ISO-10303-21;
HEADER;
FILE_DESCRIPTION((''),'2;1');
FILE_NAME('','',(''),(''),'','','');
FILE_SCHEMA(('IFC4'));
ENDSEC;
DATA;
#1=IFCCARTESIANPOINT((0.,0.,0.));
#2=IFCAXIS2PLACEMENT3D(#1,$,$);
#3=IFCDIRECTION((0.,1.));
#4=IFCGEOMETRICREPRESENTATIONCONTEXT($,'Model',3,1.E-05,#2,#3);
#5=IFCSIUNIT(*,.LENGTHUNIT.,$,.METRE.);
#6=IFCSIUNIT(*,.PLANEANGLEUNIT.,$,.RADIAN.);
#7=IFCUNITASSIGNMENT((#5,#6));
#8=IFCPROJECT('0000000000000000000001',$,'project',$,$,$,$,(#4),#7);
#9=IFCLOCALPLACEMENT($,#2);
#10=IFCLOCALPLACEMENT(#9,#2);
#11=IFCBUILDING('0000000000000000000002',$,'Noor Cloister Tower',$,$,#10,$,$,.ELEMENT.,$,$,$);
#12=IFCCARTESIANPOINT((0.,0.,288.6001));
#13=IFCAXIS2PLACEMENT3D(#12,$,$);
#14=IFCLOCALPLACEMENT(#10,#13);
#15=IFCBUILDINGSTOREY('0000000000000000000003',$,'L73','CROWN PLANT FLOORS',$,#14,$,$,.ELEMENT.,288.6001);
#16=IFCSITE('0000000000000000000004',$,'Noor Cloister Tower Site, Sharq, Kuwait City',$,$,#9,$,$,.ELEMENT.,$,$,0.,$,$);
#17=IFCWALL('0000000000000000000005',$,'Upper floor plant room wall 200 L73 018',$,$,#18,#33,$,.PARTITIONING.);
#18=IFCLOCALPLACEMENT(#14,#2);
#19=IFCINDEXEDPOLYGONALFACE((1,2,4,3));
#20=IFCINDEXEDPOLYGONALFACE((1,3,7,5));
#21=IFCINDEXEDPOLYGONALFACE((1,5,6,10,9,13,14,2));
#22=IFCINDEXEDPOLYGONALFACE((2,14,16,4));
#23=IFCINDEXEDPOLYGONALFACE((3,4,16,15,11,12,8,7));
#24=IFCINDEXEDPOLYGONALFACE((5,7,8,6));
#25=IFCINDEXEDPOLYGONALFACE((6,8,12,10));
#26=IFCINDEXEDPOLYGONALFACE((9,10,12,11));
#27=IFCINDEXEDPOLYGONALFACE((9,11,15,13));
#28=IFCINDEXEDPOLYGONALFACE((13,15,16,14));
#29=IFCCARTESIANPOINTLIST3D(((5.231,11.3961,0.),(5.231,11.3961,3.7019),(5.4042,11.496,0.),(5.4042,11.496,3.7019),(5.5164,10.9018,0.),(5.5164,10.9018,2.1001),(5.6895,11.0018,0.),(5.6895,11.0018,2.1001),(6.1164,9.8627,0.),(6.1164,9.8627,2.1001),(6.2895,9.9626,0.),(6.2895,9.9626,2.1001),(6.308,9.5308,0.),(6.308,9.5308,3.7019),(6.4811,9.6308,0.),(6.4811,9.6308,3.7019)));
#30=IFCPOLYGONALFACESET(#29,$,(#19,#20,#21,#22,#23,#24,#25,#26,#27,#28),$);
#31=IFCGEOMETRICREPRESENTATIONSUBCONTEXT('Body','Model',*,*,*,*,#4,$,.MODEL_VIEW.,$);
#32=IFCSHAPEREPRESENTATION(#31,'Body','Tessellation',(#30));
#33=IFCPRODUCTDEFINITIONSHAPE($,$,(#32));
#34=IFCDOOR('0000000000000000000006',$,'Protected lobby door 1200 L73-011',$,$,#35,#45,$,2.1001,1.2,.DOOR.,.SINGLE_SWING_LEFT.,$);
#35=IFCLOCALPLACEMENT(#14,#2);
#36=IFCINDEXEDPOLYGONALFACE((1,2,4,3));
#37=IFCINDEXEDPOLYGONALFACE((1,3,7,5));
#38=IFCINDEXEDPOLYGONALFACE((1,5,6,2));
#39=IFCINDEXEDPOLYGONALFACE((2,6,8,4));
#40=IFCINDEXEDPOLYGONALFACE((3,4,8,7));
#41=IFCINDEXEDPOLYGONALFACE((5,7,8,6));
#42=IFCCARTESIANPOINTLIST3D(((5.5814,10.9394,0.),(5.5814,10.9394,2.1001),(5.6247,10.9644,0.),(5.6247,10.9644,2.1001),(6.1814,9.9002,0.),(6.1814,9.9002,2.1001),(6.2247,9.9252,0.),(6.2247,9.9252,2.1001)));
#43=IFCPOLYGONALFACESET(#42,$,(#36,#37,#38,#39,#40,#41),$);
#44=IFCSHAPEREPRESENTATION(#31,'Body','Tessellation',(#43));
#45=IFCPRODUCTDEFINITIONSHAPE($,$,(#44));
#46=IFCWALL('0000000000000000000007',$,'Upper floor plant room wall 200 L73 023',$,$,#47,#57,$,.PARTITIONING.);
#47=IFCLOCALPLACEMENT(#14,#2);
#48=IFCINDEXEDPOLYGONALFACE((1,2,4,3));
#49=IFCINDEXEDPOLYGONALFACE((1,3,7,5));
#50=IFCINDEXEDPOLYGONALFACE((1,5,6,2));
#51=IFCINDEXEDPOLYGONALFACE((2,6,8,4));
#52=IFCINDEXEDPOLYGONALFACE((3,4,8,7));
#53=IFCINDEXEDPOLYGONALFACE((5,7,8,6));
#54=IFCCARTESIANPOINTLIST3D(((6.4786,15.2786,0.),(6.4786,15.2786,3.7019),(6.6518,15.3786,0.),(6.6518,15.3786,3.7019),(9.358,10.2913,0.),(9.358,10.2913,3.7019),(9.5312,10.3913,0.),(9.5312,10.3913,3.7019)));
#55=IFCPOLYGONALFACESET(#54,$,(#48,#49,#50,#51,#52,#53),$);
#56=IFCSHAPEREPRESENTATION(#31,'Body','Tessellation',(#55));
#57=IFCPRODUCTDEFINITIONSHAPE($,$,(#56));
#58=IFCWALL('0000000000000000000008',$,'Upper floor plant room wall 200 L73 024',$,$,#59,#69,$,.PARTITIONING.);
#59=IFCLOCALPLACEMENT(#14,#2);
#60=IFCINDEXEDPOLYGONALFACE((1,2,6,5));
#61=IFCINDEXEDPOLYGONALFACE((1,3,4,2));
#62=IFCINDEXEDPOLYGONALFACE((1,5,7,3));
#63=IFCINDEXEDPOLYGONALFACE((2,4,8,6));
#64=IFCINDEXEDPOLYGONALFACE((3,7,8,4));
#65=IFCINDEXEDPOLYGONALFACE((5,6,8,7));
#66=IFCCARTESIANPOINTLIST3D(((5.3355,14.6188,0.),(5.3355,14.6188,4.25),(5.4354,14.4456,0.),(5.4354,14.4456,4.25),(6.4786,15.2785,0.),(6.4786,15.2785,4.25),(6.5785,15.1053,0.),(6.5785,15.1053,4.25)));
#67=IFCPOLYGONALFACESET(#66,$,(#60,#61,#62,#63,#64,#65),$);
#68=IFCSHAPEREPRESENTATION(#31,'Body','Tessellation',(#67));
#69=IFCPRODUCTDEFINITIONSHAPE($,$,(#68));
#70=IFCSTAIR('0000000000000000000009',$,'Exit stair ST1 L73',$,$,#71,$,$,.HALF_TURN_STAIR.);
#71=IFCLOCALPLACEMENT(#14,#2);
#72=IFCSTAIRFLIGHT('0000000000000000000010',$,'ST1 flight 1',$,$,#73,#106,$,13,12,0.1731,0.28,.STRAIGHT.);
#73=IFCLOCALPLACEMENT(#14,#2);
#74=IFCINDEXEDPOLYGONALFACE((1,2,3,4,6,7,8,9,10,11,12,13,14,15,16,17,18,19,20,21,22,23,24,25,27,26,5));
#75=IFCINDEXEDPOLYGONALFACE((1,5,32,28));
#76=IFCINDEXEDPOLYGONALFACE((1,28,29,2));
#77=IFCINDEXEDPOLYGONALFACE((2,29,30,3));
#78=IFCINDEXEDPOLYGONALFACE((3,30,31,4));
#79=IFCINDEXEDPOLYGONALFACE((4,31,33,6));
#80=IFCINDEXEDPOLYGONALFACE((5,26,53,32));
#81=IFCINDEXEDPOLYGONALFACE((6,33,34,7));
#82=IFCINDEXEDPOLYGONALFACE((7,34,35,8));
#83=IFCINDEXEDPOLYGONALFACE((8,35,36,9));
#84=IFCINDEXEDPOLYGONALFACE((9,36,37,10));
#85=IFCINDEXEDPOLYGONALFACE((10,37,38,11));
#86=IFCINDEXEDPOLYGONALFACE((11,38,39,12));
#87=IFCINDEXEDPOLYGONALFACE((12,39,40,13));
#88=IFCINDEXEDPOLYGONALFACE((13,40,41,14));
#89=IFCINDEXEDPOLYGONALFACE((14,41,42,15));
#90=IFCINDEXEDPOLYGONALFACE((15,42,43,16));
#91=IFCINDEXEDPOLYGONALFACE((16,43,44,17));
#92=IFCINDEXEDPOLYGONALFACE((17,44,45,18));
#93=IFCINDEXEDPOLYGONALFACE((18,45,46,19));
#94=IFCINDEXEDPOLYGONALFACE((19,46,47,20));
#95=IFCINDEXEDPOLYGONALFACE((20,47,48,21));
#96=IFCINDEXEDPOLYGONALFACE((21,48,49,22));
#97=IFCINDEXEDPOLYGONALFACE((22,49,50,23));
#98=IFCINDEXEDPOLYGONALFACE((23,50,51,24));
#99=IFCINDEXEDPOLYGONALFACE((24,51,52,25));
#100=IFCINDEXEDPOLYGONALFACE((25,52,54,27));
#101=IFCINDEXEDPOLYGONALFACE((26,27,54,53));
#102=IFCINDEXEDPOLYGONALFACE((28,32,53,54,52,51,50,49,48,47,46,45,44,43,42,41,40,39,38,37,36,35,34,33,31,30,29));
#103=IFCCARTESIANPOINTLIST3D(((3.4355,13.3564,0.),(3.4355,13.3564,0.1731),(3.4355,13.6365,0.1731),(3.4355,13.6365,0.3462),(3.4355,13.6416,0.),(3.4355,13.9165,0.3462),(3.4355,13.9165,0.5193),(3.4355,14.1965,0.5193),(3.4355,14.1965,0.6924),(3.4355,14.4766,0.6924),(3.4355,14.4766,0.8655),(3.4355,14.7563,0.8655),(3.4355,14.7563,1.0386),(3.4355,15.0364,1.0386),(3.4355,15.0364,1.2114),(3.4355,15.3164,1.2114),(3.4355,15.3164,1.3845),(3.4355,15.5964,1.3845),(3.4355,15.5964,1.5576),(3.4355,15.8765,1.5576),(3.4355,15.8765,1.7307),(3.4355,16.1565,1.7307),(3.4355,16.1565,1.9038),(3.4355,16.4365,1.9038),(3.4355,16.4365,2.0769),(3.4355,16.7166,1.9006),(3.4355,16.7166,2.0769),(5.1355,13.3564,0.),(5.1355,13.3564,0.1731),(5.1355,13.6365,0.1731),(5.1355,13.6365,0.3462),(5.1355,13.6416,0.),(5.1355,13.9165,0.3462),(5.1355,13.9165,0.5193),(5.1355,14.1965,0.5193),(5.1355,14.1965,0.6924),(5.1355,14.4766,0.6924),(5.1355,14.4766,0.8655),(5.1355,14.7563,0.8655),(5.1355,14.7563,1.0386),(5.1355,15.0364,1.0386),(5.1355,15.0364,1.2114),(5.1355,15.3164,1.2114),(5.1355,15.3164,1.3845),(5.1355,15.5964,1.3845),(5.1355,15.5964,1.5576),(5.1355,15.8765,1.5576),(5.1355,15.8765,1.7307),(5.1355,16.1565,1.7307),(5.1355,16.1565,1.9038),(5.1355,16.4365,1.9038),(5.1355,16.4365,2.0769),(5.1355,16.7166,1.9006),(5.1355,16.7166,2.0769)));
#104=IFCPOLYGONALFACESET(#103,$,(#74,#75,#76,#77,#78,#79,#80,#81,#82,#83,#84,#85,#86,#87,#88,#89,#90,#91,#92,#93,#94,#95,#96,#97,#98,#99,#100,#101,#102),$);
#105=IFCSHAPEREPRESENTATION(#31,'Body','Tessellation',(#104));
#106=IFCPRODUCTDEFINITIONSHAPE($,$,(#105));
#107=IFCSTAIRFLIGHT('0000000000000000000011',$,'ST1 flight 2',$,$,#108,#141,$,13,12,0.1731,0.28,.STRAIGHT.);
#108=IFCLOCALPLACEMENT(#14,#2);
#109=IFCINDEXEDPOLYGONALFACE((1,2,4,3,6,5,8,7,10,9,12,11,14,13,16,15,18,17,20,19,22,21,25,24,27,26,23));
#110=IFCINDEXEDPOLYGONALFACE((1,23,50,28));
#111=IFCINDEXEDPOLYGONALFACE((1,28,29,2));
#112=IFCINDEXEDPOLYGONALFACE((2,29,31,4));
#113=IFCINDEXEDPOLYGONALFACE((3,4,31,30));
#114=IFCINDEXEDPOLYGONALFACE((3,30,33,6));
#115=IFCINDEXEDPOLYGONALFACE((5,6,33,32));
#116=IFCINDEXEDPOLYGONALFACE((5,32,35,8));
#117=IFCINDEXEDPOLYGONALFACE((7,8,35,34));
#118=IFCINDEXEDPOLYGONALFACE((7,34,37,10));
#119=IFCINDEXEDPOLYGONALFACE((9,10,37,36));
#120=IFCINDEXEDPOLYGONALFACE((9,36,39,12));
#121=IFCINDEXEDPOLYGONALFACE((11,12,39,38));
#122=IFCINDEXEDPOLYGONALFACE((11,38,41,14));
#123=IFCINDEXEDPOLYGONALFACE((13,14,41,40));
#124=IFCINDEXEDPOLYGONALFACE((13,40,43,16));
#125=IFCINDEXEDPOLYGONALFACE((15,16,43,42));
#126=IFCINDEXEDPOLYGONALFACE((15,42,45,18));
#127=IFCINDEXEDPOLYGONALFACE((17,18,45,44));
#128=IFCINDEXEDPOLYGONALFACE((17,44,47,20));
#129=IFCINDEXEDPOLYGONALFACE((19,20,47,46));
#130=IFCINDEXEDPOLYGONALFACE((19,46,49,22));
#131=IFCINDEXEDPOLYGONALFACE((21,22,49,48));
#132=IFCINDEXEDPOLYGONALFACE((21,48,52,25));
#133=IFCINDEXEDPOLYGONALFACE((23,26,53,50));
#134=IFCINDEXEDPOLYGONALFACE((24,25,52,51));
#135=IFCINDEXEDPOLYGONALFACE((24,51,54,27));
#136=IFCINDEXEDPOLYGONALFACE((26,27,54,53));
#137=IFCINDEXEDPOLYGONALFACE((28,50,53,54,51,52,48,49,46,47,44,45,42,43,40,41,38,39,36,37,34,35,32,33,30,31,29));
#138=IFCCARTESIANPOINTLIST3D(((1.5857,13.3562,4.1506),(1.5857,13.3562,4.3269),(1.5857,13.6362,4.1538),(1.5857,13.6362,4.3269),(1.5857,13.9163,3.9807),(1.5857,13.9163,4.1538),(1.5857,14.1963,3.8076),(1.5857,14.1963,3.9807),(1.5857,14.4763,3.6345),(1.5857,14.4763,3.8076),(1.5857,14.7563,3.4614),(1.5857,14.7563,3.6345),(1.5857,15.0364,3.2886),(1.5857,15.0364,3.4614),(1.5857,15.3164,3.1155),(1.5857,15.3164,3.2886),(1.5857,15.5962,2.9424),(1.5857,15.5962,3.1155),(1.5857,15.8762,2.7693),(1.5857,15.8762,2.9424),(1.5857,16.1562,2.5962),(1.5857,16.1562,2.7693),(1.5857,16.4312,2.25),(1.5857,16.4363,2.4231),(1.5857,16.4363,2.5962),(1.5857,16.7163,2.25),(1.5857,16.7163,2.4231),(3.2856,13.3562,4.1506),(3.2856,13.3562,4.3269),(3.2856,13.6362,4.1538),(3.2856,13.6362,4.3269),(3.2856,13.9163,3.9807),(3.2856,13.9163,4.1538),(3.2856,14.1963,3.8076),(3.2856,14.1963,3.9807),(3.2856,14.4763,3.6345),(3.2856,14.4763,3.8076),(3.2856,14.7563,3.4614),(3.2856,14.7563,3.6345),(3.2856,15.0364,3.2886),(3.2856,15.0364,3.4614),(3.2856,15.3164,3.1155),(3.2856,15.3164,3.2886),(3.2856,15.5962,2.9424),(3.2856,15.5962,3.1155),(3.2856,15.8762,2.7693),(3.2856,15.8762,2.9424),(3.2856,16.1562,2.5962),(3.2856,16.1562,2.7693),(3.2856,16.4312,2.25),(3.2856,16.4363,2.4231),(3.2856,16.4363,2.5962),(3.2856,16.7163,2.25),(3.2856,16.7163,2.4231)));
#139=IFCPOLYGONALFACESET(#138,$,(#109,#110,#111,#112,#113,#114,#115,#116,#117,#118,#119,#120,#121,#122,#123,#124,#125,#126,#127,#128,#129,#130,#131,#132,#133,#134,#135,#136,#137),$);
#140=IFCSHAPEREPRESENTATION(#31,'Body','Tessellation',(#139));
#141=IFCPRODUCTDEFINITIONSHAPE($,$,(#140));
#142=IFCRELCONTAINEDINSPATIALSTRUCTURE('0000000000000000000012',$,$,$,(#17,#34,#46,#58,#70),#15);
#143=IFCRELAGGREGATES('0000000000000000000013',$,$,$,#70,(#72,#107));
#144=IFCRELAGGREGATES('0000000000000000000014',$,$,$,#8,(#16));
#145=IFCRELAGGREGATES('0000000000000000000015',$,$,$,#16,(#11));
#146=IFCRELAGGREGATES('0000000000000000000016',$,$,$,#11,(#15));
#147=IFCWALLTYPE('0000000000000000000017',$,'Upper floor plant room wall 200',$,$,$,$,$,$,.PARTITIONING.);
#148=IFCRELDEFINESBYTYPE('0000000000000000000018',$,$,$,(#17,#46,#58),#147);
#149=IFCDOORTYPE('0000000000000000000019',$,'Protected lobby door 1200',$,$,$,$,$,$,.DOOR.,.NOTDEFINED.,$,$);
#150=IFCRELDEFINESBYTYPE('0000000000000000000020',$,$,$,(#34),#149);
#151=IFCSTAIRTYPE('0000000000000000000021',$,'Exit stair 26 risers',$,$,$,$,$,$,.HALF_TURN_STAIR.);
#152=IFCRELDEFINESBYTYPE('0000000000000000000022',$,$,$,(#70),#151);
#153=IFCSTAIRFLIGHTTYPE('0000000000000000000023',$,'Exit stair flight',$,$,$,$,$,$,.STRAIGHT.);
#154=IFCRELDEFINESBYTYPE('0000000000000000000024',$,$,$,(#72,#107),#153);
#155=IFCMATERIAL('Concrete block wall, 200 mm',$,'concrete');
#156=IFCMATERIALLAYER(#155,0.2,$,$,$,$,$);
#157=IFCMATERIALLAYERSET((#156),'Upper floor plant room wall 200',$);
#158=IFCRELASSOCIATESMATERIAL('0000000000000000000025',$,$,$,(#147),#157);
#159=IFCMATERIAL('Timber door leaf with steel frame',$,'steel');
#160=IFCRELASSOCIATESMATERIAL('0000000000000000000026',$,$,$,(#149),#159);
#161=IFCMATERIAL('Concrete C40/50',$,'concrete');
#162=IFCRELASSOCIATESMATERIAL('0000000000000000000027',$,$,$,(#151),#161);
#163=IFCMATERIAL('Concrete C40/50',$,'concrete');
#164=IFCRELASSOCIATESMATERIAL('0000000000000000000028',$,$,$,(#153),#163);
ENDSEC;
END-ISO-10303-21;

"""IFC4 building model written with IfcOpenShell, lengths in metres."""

from ifc_helpers import new_model, si_unit, direction, frame, frame_2d, origin, place, context, subcontext, project, spatial, polyline, rectangle, outline, extrude, material, layer, layer_set, type_object, element, fill, aggregate, save


model = new_model("IFC4")

# Units and contexts
model_context = context("Model", 3, precision=1e-05, world=origin(), true_north=direction((0.0, 1.0)))
body_context = subcontext(model_context, "Body", "Model", "MODEL_VIEW")
ifc_project = project(units=[si_unit("LENGTHUNIT", "METRE"), si_unit("PLANEANGLEUNIT", "RADIAN")], contexts=[model_context])

# Site, building, storey
site_placement = place(None, origin())
site = spatial("IfcSite", under=ifc_project, at=site_placement, Name="Noor Cloister Tower Site, Sharq, Kuwait City", CompositionType="ELEMENT", RefElevation=0.0)
building_placement = place(site_placement, origin())
building = spatial("IfcBuilding", under=site, at=building_placement, Name="Noor Cloister Tower", CompositionType="ELEMENT")
storey_placement = place(building_placement, frame((0.0, 0.0, 288.6001)))
storey = spatial("IfcBuildingStorey", under=building, at=storey_placement, Name="L73", Description="CROWN PLANT FLOORS", CompositionType="ELEMENT", Elevation=288.6001)

# Shared definitions
ifc_material_1 = material(Name="Concrete block wall, 200 mm", Category="concrete")
ifc_layer_1 = layer(ifc_material_1, 0.2)
ifc_layer_set_1 = layer_set([ifc_layer_1], Name="Upper floor plant room wall 200")
wall_type_1 = type_object("IfcWallType", Name="Upper floor plant room wall 200", PredefinedType="PARTITIONING", material=ifc_layer_set_1)

# Wall, opening, door
wall_1_placement = place(storey_placement, frame((6.3945, 9.5808, 0.0), z_axis=(0.0, 0.0, 1.0), x_axis=(-0.500004, 0.866023, 0.0)))
wall_1 = element("IfcWall", 1, at=wall_1_placement, inside=storey, type_object=wall_type_1, Name="Upper floor plant room wall 200 L73 018", PredefinedType="PARTITIONING", context=body_context, shape_type="SweptSolid", body=[
    extrude(rectangle(XDim=2.1538, YDim=0.2, at=frame_2d((1.0769, 0.0))), origin(), (0.0, 0.0, 1.0), 3.7019),
])
opening_1_placement = place(wall_1_placement, frame((0.3831, 0.0, 0.0)))
opening_1 = element("IfcOpeningElement", 2, at=opening_1_placement, cuts=wall_1, PredefinedType="OPENING", context=body_context, shape_type="SweptSolid", body=[
    extrude(rectangle(XDim=1.2, YDim=2.1001, at=frame_2d((0.6001, 1.05))), frame((0.0, 0.1099, 0.0), z_axis=(0.0, -1.0, 0.0), x_axis=(1.0, 0.0, 0.0)), (0.0, 0.0, 1.0), 0.22),
])
ifc_material_2 = material(Name="Timber door leaf with steel frame", Category="steel")
door_type_1 = type_object("IfcDoorType", Name="Protected lobby door 1200", OperationType="NOTDEFINED", PredefinedType="DOOR", material=ifc_material_2)
door_1_placement = place(opening_1_placement, origin())
door_1 = element("IfcDoor", 3, at=door_1_placement, inside=storey, type_object=door_type_1, Name="Protected lobby door 1200 L73-011", OperationType="SINGLE_SWING_LEFT", OverallHeight=2.1001, OverallWidth=1.2, PredefinedType="DOOR", context=body_context, shape_type="SweptSolid", body=[
    extrude(rectangle(XDim=1.2, YDim=2.1001, at=frame_2d((0.6001, 1.05))), frame((0.0, 0.0249, 0.0), z_axis=(0.0, -1.0, 0.0), x_axis=(1.0, 0.0, 0.0)), (0.0, 0.0, 1.0), 0.05),
])
fill(opening_1, door_1)

# Walls
wall_2_placement = place(storey_placement, frame((9.4446, 10.3413, 0.0), z_axis=(0.0, 0.0, 1.0), x_axis=(-0.499996, 0.866027, 0.0)))
element("IfcWall", 4, at=wall_2_placement, inside=storey, type_object=wall_type_1, Name="Upper floor plant room wall 200 L73 023", PredefinedType="PARTITIONING", context=body_context, shape_type="SweptSolid", body=[
    extrude(rectangle(XDim=5.7588, YDim=0.2, at=frame_2d((2.8794, 0.0))), origin(), (0.0, 0.0, 1.0), 3.7019),
])
wall_3_placement = place(storey_placement, frame((6.5286, 15.1919, 0.0), z_axis=(0.0, 0.0, 1.0), x_axis=(-0.866118, -0.49984, 0.0)))
element("IfcWall", 5, at=wall_3_placement, inside=storey, type_object=wall_type_1, Name="Upper floor plant room wall 200 L73 024", PredefinedType="PARTITIONING", context=body_context, shape_type="SweptSolid", body=[
    extrude(rectangle(XDim=1.3198, YDim=0.2, at=frame_2d((0.6599, 0.0))), origin(), (0.0, 0.0, 1.0), 4.25),
])

# Stair, stair flights
ifc_material_3 = material(Name="Concrete C40/50", Category="concrete")
stair_type = type_object("IfcStairType", Name="Exit stair 26 risers", PredefinedType="HALF_TURN_STAIR", material=ifc_material_3)
stair_placement = place(storey_placement, origin())
stair = element("IfcStair", 6, at=stair_placement, inside=storey, type_object=stair_type, Name="Exit stair ST1 L73", PredefinedType="HALF_TURN_STAIR")
ifc_material_4 = material(Name="Concrete C40/50", Category="concrete")
stair_flight_type = type_object("IfcStairFlightType", Name="Exit stair flight", PredefinedType="STRAIGHT", material=ifc_material_4)
stair_flight_1_placement = place(storey_placement, frame((4.2856, 13.3564, 0.0), z_axis=(0.0, 0.0, 1.0), x_axis=(0.0, 1.0, 0.0)))
stair_flight_1 = element("IfcStairFlight", 7, at=stair_flight_1_placement, type_object=stair_flight_type, Name="ST1 flight 1", NumberOfRisers=13, NumberOfTreads=12, PredefinedType="STRAIGHT", RiserHeight=0.1731, TreadLength=0.28, context=body_context, shape_type="SweptSolid", body=[
    extrude(outline(polyline([(0.0, 0.0), (0.0, 0.1731), (0.28, 0.1731), (0.28, 0.3462), (0.5601, 0.3462), (0.5601, 0.5193), (0.8401, 0.5193), (0.8401, 0.6924), (1.1201, 0.6924), (1.1201, 0.8655), (1.3999, 0.8655), (1.3999, 1.0386), (1.6799, 1.0386), (1.6799, 1.2114), (1.96, 1.2114), (1.96, 1.3845), (2.24, 1.3845), (2.24, 1.5576), (2.52, 1.5576), (2.52, 1.7307), (2.8, 1.7307), (2.8, 1.9038), (3.0801, 1.9038), (3.0801, 2.0769), (3.3601, 2.0769), (3.3601, 2.25), (3.3601, 1.9006), (0.2852, 0.0), (0.0, 0.0)])), frame((0.0, 0.8501, 0.0), z_axis=(0.0, -1.0, 0.0), x_axis=(1.0, 0.0, 0.0)), (0.0, 0.0, 1.0), 1.7),
])
stair_flight_2_placement = place(storey_placement, frame((2.4355, 16.7163, 2.25), z_axis=(0.0, 0.0, 1.0), x_axis=(0.0, -1.0, 0.0)))
stair_flight_2 = element("IfcStairFlight", 8, at=stair_flight_2_placement, type_object=stair_flight_type, Name="ST1 flight 2", NumberOfRisers=13, NumberOfTreads=12, PredefinedType="STRAIGHT", RiserHeight=0.1731, TreadLength=0.28, context=body_context, shape_type="SweptSolid", body=[
    extrude(outline(polyline([(0.0, 0.0), (0.0, 0.1731), (0.28, 0.1731), (0.28, 0.3462), (0.5601, 0.3462), (0.5601, 0.5193), (0.8401, 0.5193), (0.8401, 0.6924), (1.1201, 0.6924), (1.1201, 0.8655), (1.3999, 0.8655), (1.3999, 1.0386), (1.6799, 1.0386), (1.6799, 1.2114), (1.96, 1.2114), (1.96, 1.3845), (2.24, 1.3845), (2.24, 1.5576), (2.52, 1.5576), (2.52, 1.7307), (2.8, 1.7307), (2.8, 1.9038), (3.0801, 1.9038), (3.0801, 2.0769), (3.3601, 2.0769), (3.3601, 2.25), (3.3601, 1.9006), (0.2852, 0.0), (0.0, 0.0)])), frame((0.0, 0.8501, 0.0), z_axis=(0.0, -1.0, 0.0), x_axis=(1.0, 0.0, 0.0)), (0.0, 0.0, 1.0), 1.7),
])
aggregate(stair, [stair_flight_1, stair_flight_2])

save(model, "model.ifc")
